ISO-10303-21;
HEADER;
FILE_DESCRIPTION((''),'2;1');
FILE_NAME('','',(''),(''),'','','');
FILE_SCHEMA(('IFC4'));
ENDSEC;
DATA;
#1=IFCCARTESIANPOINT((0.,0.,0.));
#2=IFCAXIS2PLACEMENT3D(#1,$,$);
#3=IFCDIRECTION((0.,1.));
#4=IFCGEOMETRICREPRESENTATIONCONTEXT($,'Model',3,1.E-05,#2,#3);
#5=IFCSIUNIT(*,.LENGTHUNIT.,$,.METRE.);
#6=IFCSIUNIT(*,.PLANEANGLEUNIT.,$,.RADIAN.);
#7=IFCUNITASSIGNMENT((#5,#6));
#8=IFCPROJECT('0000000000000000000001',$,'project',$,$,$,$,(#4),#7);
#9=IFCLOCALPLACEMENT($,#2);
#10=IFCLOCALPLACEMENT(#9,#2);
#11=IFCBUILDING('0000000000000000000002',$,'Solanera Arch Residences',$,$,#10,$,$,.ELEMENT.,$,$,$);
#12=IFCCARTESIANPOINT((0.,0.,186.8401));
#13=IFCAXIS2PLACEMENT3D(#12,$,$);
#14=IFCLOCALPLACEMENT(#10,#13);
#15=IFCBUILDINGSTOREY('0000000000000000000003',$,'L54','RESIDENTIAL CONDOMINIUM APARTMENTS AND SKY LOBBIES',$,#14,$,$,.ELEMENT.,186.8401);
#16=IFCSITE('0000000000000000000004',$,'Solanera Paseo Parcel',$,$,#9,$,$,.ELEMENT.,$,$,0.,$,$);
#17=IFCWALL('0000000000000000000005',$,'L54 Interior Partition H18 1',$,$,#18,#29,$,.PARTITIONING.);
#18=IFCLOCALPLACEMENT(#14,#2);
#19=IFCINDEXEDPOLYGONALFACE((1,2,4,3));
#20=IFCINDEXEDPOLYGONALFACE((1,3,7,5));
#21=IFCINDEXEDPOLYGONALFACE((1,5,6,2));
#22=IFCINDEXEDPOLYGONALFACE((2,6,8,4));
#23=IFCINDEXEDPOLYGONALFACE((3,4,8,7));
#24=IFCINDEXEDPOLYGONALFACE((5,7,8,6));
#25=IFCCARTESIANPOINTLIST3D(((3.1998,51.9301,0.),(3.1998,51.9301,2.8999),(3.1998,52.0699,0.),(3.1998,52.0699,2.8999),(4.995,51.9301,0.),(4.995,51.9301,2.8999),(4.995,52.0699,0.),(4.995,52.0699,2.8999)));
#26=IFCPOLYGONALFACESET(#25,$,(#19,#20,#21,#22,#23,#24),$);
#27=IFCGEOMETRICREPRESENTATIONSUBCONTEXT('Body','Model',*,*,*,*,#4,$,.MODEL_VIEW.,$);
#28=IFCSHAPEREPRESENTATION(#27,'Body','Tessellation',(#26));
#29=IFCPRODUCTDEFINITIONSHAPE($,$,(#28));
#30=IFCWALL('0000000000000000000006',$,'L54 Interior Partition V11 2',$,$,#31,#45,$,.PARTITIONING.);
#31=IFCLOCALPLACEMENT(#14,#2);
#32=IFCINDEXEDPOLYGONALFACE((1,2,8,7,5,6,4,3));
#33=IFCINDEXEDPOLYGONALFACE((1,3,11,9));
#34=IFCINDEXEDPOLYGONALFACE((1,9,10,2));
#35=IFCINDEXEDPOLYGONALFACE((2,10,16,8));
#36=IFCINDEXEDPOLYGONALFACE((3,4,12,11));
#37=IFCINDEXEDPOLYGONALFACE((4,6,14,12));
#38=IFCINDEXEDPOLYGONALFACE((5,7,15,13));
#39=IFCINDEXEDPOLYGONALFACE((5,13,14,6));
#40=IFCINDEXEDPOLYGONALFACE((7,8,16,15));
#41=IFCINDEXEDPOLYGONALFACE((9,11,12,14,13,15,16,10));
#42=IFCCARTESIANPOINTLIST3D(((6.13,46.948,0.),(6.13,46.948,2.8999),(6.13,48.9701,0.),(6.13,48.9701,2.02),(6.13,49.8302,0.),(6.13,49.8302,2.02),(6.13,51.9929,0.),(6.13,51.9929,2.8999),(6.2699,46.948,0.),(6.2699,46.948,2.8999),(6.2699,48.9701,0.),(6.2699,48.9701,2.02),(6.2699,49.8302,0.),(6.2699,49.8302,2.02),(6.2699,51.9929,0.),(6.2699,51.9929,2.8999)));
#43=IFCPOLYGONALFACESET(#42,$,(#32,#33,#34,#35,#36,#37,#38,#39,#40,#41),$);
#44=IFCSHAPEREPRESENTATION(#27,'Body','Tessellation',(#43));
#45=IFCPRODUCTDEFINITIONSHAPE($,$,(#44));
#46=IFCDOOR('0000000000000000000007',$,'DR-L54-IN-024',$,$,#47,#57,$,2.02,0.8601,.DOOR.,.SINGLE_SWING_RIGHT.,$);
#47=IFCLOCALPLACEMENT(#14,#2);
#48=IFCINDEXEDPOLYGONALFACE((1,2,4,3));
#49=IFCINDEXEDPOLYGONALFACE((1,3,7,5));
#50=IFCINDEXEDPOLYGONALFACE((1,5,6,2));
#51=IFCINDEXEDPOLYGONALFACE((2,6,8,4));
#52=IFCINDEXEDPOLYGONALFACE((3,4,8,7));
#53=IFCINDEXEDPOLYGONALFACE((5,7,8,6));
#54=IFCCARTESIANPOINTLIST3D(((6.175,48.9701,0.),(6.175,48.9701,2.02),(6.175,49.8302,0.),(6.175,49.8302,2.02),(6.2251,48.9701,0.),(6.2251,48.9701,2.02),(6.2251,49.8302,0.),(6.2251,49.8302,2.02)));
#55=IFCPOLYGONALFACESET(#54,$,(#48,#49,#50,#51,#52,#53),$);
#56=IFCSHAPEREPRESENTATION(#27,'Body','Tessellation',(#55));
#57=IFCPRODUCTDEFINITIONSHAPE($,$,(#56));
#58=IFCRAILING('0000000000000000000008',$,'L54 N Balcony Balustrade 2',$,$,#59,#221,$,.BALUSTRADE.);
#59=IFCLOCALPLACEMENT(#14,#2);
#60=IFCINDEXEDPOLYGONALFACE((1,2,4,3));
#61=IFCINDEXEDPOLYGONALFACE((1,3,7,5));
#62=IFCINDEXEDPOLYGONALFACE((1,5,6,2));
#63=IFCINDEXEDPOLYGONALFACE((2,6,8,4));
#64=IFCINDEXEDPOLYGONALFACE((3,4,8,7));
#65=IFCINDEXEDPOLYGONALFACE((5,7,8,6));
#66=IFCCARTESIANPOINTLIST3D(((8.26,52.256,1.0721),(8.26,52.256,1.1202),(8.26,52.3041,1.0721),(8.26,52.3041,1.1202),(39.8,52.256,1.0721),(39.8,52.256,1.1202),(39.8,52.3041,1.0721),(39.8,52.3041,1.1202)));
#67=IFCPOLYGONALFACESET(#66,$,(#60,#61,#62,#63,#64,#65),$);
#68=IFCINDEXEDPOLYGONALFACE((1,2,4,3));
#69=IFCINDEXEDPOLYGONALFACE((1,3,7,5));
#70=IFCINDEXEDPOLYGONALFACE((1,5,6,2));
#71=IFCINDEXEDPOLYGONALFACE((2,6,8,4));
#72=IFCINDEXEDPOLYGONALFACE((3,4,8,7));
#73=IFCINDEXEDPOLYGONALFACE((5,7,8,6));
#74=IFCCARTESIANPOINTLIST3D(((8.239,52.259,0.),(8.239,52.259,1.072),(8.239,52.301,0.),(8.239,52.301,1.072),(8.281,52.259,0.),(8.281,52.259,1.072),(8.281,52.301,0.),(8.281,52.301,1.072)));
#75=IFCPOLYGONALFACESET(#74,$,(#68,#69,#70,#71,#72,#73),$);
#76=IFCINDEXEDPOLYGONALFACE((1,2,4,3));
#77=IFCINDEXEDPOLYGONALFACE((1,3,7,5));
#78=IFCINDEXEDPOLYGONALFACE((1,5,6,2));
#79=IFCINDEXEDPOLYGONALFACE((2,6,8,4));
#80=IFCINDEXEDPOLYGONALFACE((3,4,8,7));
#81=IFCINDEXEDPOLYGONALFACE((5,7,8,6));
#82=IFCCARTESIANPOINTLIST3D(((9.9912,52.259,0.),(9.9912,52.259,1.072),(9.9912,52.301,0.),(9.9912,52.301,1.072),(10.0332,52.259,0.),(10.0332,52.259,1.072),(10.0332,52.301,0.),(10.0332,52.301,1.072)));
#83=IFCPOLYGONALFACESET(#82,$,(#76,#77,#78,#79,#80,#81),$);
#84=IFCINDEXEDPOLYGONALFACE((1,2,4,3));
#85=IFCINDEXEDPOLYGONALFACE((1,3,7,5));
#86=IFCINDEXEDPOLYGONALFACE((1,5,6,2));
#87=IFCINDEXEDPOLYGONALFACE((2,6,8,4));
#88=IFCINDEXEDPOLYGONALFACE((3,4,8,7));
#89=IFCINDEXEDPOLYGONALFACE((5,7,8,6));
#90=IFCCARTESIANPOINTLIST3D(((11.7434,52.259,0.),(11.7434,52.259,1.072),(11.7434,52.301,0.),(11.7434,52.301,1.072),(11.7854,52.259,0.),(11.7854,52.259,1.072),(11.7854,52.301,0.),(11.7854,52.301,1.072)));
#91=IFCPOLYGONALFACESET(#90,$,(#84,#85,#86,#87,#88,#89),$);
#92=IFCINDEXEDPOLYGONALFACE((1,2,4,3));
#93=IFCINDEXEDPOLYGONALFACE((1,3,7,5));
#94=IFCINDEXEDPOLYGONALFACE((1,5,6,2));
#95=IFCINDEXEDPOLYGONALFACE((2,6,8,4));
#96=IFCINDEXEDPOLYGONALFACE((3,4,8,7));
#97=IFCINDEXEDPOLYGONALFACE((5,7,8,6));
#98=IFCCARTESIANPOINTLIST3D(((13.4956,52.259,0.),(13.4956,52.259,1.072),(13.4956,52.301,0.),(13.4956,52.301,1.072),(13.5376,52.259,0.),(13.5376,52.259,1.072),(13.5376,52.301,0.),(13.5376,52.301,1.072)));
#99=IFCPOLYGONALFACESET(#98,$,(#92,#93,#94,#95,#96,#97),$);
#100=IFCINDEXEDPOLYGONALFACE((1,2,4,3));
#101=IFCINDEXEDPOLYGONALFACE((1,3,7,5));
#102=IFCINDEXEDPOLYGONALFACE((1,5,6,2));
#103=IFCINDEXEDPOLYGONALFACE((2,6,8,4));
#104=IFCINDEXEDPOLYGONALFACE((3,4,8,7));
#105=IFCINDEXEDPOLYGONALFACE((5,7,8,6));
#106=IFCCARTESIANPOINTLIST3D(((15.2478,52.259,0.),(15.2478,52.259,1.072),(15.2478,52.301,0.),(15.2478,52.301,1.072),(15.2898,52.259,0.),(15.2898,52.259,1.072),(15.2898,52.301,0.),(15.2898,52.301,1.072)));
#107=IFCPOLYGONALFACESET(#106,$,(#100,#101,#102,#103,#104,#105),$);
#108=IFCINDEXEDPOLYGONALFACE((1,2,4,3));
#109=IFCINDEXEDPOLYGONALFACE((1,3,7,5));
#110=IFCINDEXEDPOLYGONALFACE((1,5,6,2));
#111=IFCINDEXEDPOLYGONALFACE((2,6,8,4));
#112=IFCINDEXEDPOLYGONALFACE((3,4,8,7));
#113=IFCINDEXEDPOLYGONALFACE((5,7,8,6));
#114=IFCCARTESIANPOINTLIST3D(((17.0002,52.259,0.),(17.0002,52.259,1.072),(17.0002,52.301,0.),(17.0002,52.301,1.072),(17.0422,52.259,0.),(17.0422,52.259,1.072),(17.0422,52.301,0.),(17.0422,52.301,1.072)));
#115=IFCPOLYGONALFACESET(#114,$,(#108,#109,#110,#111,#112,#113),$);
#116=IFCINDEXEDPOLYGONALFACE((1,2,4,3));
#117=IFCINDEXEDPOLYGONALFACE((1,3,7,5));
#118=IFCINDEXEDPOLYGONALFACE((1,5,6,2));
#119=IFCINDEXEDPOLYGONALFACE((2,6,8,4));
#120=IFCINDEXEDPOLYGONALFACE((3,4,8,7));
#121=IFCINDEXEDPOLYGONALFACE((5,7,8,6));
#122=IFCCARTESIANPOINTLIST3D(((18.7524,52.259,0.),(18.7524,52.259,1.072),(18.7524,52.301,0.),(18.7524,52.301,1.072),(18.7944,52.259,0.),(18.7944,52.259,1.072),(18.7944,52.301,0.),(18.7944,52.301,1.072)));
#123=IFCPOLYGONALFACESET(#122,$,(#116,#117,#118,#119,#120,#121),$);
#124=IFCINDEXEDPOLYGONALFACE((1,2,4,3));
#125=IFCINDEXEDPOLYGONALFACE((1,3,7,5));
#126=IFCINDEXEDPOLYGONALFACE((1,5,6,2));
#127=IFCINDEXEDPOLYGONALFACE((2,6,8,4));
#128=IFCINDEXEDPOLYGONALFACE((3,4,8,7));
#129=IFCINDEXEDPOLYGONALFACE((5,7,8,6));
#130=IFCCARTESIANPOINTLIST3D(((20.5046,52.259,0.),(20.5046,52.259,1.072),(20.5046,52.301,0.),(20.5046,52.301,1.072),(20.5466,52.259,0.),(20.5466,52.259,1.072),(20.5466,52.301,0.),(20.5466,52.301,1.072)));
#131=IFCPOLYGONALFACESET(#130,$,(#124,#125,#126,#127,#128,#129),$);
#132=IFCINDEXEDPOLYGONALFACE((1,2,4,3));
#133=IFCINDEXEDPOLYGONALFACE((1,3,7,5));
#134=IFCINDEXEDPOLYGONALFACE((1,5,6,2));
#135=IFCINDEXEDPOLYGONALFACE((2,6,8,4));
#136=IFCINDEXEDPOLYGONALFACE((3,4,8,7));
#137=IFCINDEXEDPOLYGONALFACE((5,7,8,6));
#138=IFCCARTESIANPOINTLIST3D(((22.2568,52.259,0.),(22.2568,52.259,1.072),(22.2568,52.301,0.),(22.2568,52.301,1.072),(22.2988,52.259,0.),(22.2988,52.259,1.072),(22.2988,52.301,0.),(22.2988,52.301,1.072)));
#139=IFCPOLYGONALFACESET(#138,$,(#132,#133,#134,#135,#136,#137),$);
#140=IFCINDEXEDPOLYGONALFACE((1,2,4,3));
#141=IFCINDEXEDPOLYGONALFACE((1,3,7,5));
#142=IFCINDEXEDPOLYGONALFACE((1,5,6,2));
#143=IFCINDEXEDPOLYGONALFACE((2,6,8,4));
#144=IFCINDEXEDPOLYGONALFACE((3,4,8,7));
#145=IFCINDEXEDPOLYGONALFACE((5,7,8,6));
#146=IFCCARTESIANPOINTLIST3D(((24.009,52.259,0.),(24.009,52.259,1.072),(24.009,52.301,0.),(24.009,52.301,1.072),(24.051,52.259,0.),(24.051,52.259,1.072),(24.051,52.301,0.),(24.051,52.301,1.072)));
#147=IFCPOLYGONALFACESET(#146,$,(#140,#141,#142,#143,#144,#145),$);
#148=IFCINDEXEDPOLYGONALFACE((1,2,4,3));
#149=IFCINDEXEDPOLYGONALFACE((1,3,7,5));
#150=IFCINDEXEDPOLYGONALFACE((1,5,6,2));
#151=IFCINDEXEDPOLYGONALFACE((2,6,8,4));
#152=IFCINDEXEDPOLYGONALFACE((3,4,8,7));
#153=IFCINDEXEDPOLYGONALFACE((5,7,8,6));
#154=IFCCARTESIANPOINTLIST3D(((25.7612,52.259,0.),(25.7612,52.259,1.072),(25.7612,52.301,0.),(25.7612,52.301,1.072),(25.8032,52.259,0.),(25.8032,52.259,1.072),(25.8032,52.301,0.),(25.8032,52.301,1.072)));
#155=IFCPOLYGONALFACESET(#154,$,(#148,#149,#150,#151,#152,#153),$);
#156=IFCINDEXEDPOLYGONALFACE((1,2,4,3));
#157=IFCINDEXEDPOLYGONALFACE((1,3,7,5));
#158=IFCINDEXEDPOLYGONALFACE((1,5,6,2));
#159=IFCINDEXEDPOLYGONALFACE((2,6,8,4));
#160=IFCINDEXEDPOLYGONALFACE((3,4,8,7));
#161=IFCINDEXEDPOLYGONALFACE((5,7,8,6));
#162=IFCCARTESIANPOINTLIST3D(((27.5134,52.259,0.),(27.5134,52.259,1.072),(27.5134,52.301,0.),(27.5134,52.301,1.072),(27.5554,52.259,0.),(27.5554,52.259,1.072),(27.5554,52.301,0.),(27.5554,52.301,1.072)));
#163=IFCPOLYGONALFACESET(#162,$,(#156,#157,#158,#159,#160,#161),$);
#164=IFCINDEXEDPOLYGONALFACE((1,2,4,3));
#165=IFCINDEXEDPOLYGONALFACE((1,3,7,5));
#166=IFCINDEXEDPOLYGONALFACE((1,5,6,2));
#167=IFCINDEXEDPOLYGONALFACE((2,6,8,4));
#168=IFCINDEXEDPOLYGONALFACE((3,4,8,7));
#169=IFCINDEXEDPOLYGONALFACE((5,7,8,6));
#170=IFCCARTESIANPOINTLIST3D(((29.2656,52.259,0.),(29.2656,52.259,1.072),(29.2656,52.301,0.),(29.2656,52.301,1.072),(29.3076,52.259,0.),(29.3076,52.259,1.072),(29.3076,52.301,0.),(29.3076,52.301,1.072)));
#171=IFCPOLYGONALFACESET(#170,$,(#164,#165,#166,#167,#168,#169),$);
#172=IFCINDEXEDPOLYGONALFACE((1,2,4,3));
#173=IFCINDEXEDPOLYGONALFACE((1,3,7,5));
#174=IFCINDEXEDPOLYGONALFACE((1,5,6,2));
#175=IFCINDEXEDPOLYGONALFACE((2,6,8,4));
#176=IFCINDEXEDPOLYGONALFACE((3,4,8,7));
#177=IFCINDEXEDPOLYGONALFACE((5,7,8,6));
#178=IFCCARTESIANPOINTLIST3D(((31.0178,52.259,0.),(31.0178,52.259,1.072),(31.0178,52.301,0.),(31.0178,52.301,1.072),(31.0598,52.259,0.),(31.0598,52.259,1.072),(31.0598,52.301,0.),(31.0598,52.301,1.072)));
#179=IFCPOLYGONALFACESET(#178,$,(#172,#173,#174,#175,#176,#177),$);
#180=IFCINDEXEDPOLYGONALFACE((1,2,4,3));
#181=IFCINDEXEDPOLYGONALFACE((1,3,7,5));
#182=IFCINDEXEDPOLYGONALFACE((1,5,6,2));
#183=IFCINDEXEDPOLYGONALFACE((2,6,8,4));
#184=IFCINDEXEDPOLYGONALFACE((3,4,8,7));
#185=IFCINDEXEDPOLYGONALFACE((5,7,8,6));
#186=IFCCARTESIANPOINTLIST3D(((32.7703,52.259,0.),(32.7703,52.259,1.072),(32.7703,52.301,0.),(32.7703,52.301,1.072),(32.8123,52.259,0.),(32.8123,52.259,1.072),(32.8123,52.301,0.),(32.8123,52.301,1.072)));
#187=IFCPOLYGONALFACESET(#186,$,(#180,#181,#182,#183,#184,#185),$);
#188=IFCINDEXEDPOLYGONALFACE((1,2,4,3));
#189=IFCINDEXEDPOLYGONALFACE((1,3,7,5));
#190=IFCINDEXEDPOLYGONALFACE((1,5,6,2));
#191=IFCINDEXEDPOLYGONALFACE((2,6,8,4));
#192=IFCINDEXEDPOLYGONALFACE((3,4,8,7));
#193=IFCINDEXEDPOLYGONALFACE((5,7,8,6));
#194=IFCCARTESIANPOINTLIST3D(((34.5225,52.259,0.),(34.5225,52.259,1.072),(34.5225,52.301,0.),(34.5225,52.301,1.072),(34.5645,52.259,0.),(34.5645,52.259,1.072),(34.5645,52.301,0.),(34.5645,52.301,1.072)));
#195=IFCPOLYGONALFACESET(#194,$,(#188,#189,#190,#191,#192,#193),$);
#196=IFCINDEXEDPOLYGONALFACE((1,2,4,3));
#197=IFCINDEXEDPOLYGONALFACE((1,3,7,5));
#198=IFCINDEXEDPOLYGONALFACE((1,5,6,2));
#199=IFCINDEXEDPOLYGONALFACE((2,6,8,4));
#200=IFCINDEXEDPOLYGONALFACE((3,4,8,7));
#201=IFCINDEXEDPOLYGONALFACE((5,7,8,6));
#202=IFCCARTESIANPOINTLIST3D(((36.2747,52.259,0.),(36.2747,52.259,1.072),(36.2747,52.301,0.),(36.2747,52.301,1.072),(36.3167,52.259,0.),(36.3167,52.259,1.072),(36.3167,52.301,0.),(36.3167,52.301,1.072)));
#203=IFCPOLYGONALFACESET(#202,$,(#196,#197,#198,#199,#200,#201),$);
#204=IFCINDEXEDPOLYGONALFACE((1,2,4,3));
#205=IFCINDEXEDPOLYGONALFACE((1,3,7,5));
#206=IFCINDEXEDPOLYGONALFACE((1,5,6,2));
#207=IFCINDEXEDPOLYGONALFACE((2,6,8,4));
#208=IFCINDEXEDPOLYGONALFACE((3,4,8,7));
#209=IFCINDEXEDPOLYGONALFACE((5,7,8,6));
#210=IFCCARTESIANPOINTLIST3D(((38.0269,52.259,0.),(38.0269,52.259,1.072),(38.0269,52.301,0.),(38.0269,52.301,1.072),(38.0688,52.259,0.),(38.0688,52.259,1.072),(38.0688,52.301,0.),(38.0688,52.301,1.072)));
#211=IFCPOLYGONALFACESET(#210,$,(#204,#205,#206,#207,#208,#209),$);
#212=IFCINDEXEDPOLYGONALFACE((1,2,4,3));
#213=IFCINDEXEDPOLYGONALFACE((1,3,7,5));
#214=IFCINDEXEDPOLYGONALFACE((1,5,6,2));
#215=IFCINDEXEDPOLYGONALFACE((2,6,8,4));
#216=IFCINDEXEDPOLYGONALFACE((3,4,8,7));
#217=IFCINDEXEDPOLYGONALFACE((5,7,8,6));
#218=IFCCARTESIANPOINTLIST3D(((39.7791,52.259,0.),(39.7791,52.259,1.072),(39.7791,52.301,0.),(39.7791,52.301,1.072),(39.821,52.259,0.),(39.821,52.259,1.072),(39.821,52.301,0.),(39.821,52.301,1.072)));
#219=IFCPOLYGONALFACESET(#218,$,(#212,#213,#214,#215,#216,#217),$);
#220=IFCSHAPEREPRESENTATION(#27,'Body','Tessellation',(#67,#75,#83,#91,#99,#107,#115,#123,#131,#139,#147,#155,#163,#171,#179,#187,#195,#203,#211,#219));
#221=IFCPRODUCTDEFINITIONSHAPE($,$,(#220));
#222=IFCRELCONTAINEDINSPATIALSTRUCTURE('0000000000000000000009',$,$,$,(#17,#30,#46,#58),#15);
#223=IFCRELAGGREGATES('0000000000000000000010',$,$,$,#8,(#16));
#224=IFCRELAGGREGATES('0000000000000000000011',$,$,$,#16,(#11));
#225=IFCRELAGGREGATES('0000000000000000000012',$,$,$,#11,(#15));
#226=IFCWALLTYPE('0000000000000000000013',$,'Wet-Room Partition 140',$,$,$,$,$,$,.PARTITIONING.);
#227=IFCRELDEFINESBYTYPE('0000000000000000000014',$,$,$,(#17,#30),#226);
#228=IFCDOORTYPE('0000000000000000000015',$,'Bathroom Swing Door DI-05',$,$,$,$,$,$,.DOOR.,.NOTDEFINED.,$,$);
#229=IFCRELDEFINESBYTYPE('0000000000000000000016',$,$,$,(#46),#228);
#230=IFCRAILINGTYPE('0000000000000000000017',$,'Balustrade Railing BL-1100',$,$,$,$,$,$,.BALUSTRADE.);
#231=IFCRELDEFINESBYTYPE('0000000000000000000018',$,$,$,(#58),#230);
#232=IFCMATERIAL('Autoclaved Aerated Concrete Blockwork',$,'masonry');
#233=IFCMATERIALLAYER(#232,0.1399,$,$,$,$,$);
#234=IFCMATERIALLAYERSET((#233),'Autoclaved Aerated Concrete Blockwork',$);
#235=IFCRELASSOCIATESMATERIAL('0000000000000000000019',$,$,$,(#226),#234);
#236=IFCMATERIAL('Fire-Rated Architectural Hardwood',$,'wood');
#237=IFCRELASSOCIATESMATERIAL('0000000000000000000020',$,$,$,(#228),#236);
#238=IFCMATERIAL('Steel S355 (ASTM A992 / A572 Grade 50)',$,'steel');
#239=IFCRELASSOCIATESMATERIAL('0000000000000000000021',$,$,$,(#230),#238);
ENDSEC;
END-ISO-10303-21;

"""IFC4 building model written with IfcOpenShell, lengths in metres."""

from ifc_helpers import new_model, si_unit, direction, frame, frame_2d, origin, origin_2d, place, context, subcontext, project, spatial, rectangle, extrude, material, layer, layer_set, type_object, element, fill, save


model = new_model("IFC4")

# Units and contexts
model_context = context("Model", 3, precision=1e-05, world=origin(), true_north=direction((0.0, 1.0)))
body_context = subcontext(model_context, "Body", "Model", "MODEL_VIEW")
ifc_project = project(units=[si_unit("LENGTHUNIT", "METRE"), si_unit("PLANEANGLEUNIT", "RADIAN")], contexts=[model_context])

# Site, building, storey
site_placement = place(None, origin())
site = spatial("IfcSite", under=ifc_project, at=site_placement, Name="Solanera Paseo Parcel", CompositionType="ELEMENT", RefElevation=0.0)
building_placement = place(site_placement, origin())
building = spatial("IfcBuilding", under=site, at=building_placement, Name="Solanera Arch Residences", CompositionType="ELEMENT")
storey_placement = place(building_placement, frame((0.0, 0.0, 186.8401)))
storey = spatial("IfcBuildingStorey", under=building, at=storey_placement, Name="L54", Description="RESIDENTIAL CONDOMINIUM APARTMENTS AND SKY LOBBIES", CompositionType="ELEMENT", Elevation=186.8401)

# Shared definitions
ifc_material_1 = material(Name="Autoclaved Aerated Concrete Blockwork", Category="masonry")
ifc_layer_1 = layer(ifc_material_1, 0.1399)
ifc_layer_set_1 = layer_set([ifc_layer_1], Name="Autoclaved Aerated Concrete Blockwork")
wall_type_1 = type_object("IfcWallType", Name="Wet-Room Partition 140", PredefinedType="PARTITIONING", material=ifc_layer_set_1)

# Wall
wall_1_placement = place(storey_placement, frame((3.2, 52.0, 0.0), z_axis=(0.0, 0.0, 1.0), x_axis=(1.0, 0.0, 0.0)))
element("IfcWall", 1, at=wall_1_placement, inside=storey, type_object=wall_type_1, Name="L54 Interior Partition H18 1", PredefinedType="PARTITIONING", context=body_context, shape_type="SweptSolid", body=[
    extrude(rectangle(XDim=1.7952, YDim=0.1399, at=frame_2d((0.8975, 0.0))), origin(), (0.0, 0.0, 1.0), 2.8999),
])

# Wall, opening, door
wall_2_placement = place(storey_placement, frame((6.2, 46.948, 0.0), z_axis=(0.0, 0.0, 1.0), x_axis=(0.0, 1.0, 0.0)))
wall_2 = element("IfcWall", 2, at=wall_2_placement, inside=storey, type_object=wall_type_1, Name="L54 Interior Partition V11 2", PredefinedType="PARTITIONING", context=body_context, shape_type="SweptSolid", body=[
    extrude(rectangle(XDim=5.0449, YDim=0.1399, at=frame_2d((2.5225, 0.0))), origin(), (0.0, 0.0, 1.0), 2.8999),
])
opening_1_placement = place(wall_2_placement, frame((2.022, 0.0, 0.0)))
opening_1 = element("IfcOpeningElement", 3, at=opening_1_placement, cuts=wall_2, PredefinedType="OPENING", context=body_context, shape_type="SweptSolid", body=[
    extrude(rectangle(XDim=0.8601, YDim=2.02, at=frame_2d((0.4302, 1.01))), frame((0.0, 0.0798, 0.0), z_axis=(0.0, -1.0, 0.0), x_axis=(1.0, 0.0, 0.0)), (0.0, 0.0, 1.0), 0.1599),
])
ifc_material_2 = material(Name="Fire-Rated Architectural Hardwood", Category="wood")
door_type_1 = type_object("IfcDoorType", Name="Bathroom Swing Door DI-05", OperationType="NOTDEFINED", PredefinedType="DOOR", material=ifc_material_2)
door_1_placement = place(opening_1_placement, origin())
door_1 = element("IfcDoor", 4, at=door_1_placement, inside=storey, type_object=door_type_1, Name="DR-L54-IN-024", OperationType="SINGLE_SWING_RIGHT", OverallHeight=2.02, OverallWidth=0.8601, PredefinedType="DOOR", context=body_context, shape_type="SweptSolid", body=[
    extrude(rectangle(XDim=0.8601, YDim=2.02, at=frame_2d((0.4302, 1.01))), frame((0.0, 0.0249, 0.0), z_axis=(0.0, -1.0, 0.0), x_axis=(1.0, 0.0, 0.0)), (0.0, 0.0, 1.0), 0.05),
])
fill(opening_1, door_1)

# Railing
ifc_material_3 = material(Name="Steel S355 (ASTM A992 / A572 Grade 50)", Category="steel")
railing_type = type_object("IfcRailingType", Name="Balustrade Railing BL-1100", PredefinedType="BALUSTRADE", material=ifc_material_3)
railing_placement = place(storey_placement, frame((8.26, 52.28, 0.0)))
element("IfcRailing", 5, at=railing_placement, inside=storey, type_object=railing_type, Name="L54 N Balcony Balustrade 2", PredefinedType="BALUSTRADE", context=body_context, shape_type="SweptSolid", body=[
    extrude(rectangle(XDim=0.0481, YDim=0.0481, at=origin_2d()), frame((0.0, 0.0, 1.0962), z_axis=(1.0, 0.0, 0.0), x_axis=(0.0, 1.0, 0.0)), (0.0, 0.0, 1.0), 31.54),
    extrude(rectangle(XDim=0.042, YDim=0.042, at=origin_2d()), origin(), (0.0, 0.0, 1.0), 1.072),
    extrude(rectangle(XDim=0.042, YDim=0.042, at=origin_2d()), frame((1.7522, 0.0, 0.0)), (0.0, 0.0, 1.0), 1.072),
    extrude(rectangle(XDim=0.042, YDim=0.042, at=origin_2d()), frame((3.5044, 0.0, 0.0)), (0.0, 0.0, 1.0), 1.072),
    extrude(rectangle(XDim=0.042, YDim=0.042, at=origin_2d()), frame((5.2566, 0.0, 0.0)), (0.0, 0.0, 1.0), 1.072),
    extrude(rectangle(XDim=0.042, YDim=0.042, at=origin_2d()), frame((7.0088, 0.0, 0.0)), (0.0, 0.0, 1.0), 1.072),
    extrude(rectangle(XDim=0.042, YDim=0.042, at=origin_2d()), frame((8.7612, 0.0, 0.0)), (0.0, 0.0, 1.0), 1.072),
    extrude(rectangle(XDim=0.042, YDim=0.042, at=origin_2d()), frame((10.5134, 0.0, 0.0)), (0.0, 0.0, 1.0), 1.072),
    extrude(rectangle(XDim=0.042, YDim=0.042, at=origin_2d()), frame((12.2656, 0.0, 0.0)), (0.0, 0.0, 1.0), 1.072),
    extrude(rectangle(XDim=0.042, YDim=0.042, at=origin_2d()), frame((14.0178, 0.0, 0.0)), (0.0, 0.0, 1.0), 1.072),
    extrude(rectangle(XDim=0.042, YDim=0.042, at=origin_2d()), frame((15.77, 0.0, 0.0)), (0.0, 0.0, 1.0), 1.072),
    extrude(rectangle(XDim=0.042, YDim=0.042, at=origin_2d()), frame((17.5222, 0.0, 0.0)), (0.0, 0.0, 1.0), 1.072),
    extrude(rectangle(XDim=0.042, YDim=0.042, at=origin_2d()), frame((19.2744, 0.0, 0.0)), (0.0, 0.0, 1.0), 1.072),
    extrude(rectangle(XDim=0.042, YDim=0.042, at=origin_2d()), frame((21.0266, 0.0, 0.0)), (0.0, 0.0, 1.0), 1.072),
    extrude(rectangle(XDim=0.042, YDim=0.042, at=origin_2d()), frame((22.7788, 0.0, 0.0)), (0.0, 0.0, 1.0), 1.072),
    extrude(rectangle(XDim=0.042, YDim=0.042, at=origin_2d()), frame((24.5312, 0.0, 0.0)), (0.0, 0.0, 1.0), 1.072),
    extrude(rectangle(XDim=0.042, YDim=0.042, at=origin_2d()), frame((26.2834, 0.0, 0.0)), (0.0, 0.0, 1.0), 1.072),
    extrude(rectangle(XDim=0.042, YDim=0.042, at=origin_2d()), frame((28.0356, 0.0, 0.0)), (0.0, 0.0, 1.0), 1.072),
    extrude(rectangle(XDim=0.042, YDim=0.042, at=origin_2d()), frame((29.7878, 0.0, 0.0)), (0.0, 0.0, 1.0), 1.072),
    extrude(rectangle(XDim=0.042, YDim=0.042, at=origin_2d()), frame((31.54, 0.0, 0.0)), (0.0, 0.0, 1.0), 1.072),
])

save(model, "model.ifc")
